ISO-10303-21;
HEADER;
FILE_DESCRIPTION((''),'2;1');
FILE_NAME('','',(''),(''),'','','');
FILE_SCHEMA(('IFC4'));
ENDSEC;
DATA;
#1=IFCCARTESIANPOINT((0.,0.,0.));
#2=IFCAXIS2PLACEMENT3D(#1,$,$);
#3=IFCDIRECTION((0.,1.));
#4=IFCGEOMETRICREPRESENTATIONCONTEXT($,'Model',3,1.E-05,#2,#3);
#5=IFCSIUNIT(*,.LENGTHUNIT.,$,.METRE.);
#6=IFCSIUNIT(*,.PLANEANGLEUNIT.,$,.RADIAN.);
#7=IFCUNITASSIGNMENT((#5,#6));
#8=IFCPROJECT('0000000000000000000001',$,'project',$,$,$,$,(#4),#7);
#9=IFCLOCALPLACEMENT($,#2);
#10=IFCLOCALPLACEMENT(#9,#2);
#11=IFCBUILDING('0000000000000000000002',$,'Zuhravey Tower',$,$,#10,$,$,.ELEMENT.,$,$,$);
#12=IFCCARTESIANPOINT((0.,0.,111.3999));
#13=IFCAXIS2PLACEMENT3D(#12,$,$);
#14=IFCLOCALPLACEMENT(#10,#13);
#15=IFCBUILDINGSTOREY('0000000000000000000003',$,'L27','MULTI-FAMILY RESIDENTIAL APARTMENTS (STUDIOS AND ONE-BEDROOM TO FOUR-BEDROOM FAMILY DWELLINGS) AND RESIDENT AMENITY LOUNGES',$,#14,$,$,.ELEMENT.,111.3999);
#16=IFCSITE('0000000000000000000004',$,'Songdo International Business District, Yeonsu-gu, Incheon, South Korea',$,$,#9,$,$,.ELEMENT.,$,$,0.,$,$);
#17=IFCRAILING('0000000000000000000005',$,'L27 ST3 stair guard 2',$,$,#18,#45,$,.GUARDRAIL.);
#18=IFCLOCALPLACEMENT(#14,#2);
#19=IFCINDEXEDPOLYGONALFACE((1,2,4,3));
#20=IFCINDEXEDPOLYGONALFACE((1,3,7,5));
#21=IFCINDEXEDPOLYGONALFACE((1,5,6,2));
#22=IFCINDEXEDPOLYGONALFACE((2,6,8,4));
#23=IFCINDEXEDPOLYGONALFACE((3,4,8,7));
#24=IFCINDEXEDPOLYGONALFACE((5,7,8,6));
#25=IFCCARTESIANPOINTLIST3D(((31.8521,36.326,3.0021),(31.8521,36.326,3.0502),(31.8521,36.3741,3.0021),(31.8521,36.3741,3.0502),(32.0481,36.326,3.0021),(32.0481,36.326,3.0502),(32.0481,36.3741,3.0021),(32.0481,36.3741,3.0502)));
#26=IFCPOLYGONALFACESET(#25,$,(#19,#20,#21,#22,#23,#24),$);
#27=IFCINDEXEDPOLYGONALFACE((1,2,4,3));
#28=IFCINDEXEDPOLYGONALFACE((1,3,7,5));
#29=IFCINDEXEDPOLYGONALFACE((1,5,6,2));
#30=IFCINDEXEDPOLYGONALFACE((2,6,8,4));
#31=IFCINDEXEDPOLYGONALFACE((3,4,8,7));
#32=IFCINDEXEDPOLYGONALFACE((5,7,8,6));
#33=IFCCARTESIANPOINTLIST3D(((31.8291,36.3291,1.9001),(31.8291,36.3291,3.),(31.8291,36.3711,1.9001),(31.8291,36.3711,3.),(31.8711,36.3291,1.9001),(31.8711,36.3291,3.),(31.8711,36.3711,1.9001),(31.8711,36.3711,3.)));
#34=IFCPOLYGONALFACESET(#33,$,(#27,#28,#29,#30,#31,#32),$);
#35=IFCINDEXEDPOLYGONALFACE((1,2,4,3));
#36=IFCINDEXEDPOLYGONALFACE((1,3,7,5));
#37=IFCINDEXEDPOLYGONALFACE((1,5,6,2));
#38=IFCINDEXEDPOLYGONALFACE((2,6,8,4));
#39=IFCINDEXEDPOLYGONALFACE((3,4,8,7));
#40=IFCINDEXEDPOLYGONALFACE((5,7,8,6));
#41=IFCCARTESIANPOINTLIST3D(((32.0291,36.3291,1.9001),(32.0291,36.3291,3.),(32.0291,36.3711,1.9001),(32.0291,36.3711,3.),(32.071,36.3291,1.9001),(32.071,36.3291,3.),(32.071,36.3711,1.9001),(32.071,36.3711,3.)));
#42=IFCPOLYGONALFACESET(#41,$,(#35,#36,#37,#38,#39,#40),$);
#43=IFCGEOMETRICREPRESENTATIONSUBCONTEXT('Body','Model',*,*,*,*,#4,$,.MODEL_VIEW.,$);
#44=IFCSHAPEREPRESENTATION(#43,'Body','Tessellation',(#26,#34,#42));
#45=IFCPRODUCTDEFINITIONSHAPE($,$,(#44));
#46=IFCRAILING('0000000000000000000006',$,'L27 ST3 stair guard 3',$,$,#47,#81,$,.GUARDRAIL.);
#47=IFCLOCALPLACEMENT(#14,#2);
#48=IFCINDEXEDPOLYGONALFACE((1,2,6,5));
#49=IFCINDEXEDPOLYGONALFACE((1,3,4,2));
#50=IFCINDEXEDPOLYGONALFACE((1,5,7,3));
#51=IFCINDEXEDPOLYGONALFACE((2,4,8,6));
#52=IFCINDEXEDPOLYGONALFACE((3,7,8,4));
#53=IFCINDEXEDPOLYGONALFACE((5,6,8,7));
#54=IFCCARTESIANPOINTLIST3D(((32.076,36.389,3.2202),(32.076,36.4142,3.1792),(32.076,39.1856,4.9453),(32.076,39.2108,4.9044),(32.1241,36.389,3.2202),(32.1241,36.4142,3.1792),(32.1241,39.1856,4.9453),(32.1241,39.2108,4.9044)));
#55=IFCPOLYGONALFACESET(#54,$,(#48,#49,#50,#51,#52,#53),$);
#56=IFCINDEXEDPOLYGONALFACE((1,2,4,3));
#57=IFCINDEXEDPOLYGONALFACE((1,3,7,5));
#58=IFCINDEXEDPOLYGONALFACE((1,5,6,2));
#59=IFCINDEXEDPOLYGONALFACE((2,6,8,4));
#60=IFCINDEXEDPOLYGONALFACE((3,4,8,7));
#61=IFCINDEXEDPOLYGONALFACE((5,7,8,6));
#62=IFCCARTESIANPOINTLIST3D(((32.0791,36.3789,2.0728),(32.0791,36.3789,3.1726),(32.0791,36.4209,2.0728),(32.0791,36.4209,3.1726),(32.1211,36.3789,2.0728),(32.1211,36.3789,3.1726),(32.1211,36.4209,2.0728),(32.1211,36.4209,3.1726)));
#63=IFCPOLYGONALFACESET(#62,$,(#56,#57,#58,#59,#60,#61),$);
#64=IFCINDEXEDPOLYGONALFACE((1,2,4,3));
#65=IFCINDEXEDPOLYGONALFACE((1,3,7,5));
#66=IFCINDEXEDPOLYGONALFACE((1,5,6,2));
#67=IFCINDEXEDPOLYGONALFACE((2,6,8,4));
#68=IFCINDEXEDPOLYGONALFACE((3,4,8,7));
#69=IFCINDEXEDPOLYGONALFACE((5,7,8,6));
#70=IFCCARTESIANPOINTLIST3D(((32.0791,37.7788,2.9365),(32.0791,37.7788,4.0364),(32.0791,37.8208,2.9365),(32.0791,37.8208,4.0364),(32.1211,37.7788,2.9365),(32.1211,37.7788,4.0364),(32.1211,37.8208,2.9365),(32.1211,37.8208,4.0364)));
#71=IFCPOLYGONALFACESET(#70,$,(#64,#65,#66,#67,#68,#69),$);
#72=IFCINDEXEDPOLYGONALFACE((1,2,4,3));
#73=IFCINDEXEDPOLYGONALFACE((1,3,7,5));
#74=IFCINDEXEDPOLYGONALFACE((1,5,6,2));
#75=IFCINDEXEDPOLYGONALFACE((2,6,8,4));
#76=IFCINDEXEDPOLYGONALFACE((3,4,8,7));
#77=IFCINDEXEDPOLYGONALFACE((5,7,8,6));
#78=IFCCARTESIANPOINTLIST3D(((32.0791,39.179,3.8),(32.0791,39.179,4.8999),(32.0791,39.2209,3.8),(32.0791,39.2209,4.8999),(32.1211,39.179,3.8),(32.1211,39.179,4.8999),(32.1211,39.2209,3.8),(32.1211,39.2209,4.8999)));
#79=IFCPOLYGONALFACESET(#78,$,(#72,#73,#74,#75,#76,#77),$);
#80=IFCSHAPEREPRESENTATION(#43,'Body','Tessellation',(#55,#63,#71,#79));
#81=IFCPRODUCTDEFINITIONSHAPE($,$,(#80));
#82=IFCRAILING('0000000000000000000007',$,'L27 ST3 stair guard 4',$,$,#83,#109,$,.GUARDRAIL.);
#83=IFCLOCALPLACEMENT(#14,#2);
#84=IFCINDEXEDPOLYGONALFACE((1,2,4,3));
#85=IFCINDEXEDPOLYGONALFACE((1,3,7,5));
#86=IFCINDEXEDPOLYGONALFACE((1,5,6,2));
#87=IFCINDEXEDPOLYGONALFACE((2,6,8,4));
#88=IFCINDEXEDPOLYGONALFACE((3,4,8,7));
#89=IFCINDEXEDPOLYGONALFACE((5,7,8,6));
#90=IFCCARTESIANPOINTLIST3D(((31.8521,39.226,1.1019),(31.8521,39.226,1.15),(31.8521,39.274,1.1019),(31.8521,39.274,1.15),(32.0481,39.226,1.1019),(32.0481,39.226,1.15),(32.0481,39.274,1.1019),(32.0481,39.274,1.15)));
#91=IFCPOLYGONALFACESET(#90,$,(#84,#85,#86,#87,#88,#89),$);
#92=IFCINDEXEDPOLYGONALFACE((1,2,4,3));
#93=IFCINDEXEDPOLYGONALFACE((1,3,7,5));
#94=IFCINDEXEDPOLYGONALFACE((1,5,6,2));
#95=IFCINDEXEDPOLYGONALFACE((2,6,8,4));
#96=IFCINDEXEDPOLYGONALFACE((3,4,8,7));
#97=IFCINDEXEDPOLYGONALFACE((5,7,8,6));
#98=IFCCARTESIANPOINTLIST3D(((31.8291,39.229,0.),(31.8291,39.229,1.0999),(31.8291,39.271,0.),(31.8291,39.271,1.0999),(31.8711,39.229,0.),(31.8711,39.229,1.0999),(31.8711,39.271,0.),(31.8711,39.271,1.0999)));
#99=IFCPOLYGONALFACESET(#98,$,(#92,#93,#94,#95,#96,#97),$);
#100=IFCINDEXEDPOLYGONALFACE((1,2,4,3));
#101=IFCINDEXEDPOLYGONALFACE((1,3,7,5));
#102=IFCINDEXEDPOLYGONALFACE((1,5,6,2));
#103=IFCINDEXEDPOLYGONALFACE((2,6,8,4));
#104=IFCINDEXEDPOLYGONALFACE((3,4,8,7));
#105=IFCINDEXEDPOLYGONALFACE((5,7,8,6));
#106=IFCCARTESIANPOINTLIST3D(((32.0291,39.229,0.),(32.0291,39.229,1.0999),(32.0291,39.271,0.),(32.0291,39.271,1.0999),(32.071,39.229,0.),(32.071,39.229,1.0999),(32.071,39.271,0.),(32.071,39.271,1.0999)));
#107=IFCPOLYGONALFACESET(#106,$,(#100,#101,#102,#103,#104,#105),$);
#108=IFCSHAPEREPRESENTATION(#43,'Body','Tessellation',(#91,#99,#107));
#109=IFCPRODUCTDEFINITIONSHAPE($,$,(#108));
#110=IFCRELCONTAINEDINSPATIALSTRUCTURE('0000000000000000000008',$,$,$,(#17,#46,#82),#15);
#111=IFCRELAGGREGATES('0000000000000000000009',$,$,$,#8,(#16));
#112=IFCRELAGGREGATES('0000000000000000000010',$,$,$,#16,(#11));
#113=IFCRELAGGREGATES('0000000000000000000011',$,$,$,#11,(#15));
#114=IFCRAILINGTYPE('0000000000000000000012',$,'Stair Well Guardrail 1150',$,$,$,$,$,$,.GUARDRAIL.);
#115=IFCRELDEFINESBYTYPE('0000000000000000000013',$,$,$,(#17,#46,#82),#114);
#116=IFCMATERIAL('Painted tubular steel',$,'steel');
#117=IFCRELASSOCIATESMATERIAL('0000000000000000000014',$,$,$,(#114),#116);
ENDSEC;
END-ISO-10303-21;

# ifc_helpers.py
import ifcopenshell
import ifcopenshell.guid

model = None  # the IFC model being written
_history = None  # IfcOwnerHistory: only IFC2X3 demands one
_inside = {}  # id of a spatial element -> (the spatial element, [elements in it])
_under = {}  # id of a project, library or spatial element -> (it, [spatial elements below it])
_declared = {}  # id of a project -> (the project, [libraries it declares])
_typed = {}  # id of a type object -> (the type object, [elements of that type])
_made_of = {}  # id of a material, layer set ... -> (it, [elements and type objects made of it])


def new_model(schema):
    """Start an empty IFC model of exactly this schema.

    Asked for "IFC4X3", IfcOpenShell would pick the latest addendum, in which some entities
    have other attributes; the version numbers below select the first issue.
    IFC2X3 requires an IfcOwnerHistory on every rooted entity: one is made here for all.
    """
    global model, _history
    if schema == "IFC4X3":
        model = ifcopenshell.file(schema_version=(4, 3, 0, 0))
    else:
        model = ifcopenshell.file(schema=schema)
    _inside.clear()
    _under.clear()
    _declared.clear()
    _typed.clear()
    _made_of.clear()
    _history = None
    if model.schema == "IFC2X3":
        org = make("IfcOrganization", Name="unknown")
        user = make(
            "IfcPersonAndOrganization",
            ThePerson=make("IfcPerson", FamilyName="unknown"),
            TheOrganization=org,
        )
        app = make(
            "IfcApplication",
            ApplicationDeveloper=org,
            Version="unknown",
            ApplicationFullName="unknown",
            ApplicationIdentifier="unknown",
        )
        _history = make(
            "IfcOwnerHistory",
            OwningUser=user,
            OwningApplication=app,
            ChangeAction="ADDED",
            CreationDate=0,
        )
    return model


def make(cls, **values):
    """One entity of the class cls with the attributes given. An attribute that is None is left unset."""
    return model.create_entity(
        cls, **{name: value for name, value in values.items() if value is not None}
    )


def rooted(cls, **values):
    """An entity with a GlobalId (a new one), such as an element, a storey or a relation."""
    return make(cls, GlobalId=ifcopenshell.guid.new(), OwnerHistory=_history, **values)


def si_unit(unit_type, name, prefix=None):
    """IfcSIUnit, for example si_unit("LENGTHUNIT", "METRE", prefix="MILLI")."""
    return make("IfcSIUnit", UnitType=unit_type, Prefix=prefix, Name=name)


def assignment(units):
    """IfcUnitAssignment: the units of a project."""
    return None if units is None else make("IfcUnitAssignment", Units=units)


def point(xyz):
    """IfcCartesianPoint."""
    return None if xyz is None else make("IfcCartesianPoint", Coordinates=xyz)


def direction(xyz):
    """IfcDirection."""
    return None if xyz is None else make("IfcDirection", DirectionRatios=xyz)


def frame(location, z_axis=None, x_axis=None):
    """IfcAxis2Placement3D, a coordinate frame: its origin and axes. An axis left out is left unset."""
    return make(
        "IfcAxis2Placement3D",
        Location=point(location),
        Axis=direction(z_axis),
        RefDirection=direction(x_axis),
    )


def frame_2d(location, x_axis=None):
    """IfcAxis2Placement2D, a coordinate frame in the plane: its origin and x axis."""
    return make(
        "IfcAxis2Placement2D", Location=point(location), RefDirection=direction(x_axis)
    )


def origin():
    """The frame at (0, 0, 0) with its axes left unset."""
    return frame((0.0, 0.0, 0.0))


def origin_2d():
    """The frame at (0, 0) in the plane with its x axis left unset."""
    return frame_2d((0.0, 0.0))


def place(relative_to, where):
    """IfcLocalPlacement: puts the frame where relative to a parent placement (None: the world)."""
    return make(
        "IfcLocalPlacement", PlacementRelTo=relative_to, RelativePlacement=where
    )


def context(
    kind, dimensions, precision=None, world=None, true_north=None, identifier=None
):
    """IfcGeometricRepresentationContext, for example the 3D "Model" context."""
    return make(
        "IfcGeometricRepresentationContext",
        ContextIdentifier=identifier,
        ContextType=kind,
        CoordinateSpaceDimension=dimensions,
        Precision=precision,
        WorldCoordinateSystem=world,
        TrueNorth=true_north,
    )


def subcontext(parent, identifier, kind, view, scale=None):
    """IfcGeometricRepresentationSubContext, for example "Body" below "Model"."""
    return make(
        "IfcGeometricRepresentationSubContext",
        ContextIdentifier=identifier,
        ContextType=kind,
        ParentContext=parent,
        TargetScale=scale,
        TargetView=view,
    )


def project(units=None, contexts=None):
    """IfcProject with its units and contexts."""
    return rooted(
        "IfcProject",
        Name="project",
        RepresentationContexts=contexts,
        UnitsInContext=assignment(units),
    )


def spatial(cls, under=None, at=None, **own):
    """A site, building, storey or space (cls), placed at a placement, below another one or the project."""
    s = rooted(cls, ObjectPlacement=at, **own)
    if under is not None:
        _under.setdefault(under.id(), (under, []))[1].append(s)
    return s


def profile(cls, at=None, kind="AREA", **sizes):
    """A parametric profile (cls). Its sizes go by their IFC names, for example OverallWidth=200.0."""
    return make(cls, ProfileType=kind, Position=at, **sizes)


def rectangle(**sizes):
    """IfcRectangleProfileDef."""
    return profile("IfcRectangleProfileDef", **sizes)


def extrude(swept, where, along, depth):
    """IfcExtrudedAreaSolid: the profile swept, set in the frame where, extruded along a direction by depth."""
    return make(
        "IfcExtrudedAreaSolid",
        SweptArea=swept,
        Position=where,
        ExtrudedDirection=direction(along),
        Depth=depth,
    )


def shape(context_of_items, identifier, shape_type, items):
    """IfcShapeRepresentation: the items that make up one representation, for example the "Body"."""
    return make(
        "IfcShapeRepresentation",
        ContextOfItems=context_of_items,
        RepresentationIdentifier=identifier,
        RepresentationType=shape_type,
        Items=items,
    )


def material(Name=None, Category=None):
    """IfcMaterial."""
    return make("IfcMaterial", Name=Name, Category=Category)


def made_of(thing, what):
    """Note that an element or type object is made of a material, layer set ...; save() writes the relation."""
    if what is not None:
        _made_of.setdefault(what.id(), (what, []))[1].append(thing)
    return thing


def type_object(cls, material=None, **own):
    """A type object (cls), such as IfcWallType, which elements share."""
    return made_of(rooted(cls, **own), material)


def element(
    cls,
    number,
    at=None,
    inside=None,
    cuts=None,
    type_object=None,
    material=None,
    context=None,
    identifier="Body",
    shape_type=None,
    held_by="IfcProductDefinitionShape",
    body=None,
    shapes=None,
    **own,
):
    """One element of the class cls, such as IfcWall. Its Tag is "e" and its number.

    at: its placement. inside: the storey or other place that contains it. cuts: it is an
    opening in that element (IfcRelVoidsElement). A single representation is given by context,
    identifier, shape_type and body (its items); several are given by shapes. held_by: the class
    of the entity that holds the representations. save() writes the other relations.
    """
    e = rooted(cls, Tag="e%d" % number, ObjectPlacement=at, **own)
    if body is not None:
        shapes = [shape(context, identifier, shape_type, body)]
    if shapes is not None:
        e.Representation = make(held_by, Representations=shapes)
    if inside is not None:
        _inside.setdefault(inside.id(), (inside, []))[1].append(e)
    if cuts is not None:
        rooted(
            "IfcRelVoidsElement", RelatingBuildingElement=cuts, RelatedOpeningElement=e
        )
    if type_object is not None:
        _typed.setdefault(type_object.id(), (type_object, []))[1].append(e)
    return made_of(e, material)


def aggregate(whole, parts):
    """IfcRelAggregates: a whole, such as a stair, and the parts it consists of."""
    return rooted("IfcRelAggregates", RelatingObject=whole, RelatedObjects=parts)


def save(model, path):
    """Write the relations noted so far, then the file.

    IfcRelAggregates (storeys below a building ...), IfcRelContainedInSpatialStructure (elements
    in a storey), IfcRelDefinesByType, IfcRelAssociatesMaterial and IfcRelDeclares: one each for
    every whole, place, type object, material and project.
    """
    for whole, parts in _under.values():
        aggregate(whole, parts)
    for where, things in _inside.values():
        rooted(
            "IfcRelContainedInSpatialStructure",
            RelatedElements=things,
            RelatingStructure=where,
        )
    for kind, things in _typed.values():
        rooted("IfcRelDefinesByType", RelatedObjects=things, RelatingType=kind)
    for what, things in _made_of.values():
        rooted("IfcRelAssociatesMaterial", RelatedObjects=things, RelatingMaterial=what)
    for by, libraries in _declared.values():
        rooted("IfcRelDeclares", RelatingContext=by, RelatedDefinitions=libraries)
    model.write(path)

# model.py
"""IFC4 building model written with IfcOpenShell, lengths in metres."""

from ifc_helpers import new_model, si_unit, direction, frame, origin, origin_2d, place, context, subcontext, project, spatial, rectangle, extrude, material, type_object, element, save


model = new_model("IFC4")

# Units and contexts
model_context = context("Model", 3, precision=1e-05, world=origin(), true_north=direction((0.0, 1.0)))
body_context = subcontext(model_context, "Body", "Model", "MODEL_VIEW")
ifc_project = project(units=[si_unit("LENGTHUNIT", "METRE"), si_unit("PLANEANGLEUNIT", "RADIAN")], contexts=[model_context])

# Site, building, storey
site_placement = place(None, origin())
site = spatial("IfcSite", under=ifc_project, at=site_placement, Name="Songdo International Business District, Yeonsu-gu, Incheon, South Korea", CompositionType="ELEMENT", RefElevation=0.0)
building_placement = place(site_placement, origin())
building = spatial("IfcBuilding", under=site, at=building_placement, Name="Zuhravey Tower", CompositionType="ELEMENT")
storey_placement = place(building_placement, frame((0.0, 0.0, 111.3999)))
storey = spatial("IfcBuildingStorey", under=building, at=storey_placement, Name="L27", Description="MULTI-FAMILY RESIDENTIAL APARTMENTS (STUDIOS AND ONE-BEDROOM TO FOUR-BEDROOM FAMILY DWELLINGS) AND RESIDENT AMENITY LOUNGES", CompositionType="ELEMENT", Elevation=111.3999)

# Railings
ifc_material_1 = material(Name="Painted tubular steel", Category="steel")
railing_type_1 = type_object("IfcRailingType", Name="Stair Well Guardrail 1150", PredefinedType="GUARDRAIL", material=ifc_material_1)
railing_1_placement = place(storey_placement, frame((31.8501, 36.3501, 1.9001)))
element("IfcRailing", 1, at=railing_1_placement, inside=storey, type_object=railing_type_1, Name="L27 ST3 stair guard 2", PredefinedType="GUARDRAIL", context=body_context, shape_type="SweptSolid", body=[
    extrude(rectangle(XDim=0.0481, YDim=0.0481, at=origin_2d()), frame((0.002, 0.0, 1.126), z_axis=(1.0, 0.0, 0.0), x_axis=(0.0, 1.0, 0.0)), (0.0, 0.0, 1.0), 0.196),
    extrude(rectangle(XDim=0.042, YDim=0.042, at=origin_2d()), origin(), (0.0, 0.0, 1.0), 1.0999),
    extrude(rectangle(XDim=0.042, YDim=0.042, at=origin_2d()), frame((0.2, 0.0, 0.0)), (0.0, 0.0, 1.0), 1.0999),
])
railing_2_placement = place(storey_placement, frame((32.1001, 36.3999, 2.0728)))
element("IfcRailing", 2, at=railing_2_placement, inside=storey, type_object=railing_type_1, Name="L27 ST3 stair guard 3", PredefinedType="GUARDRAIL", context=body_context, shape_type="SweptSolid", body=[
    extrude(rectangle(XDim=0.0481, YDim=0.0481, at=origin_2d()), frame((0.0, 0.0017, 1.127), z_axis=(0.0, 0.85109, 0.52502), x_axis=(-1.0, 0.0, 0.0)), (0.0, 0.0, 1.0), 3.2859),
    extrude(rectangle(XDim=0.042, YDim=0.042, at=origin_2d()), origin(), (0.0, 0.0, 1.0), 1.0999),
    extrude(rectangle(XDim=0.042, YDim=0.042, at=origin_2d()), frame((0.0, 1.3999, 0.8638)), (0.0, 0.0, 1.0), 1.0999),
    extrude(rectangle(XDim=0.042, YDim=0.042, at=origin_2d()), frame((0.0, 2.8, 1.7273)), (0.0, 0.0, 1.0), 1.0999),
])
railing_3_placement = place(storey_placement, frame((31.8501, 39.25, 0.0)))
element("IfcRailing", 3, at=railing_3_placement, inside=storey, type_object=railing_type_1, Name="L27 ST3 stair guard 4", PredefinedType="GUARDRAIL", context=body_context, shape_type="SweptSolid", body=[
    extrude(rectangle(XDim=0.0481, YDim=0.0481, at=origin_2d()), frame((0.002, 0.0, 1.126), z_axis=(1.0, 0.0, 0.0), x_axis=(0.0, 1.0, 0.0)), (0.0, 0.0, 1.0), 0.196),
    extrude(rectangle(XDim=0.042, YDim=0.042, at=origin_2d()), origin(), (0.0, 0.0, 1.0), 1.0999),
    extrude(rectangle(XDim=0.042, YDim=0.042, at=origin_2d()), frame((0.2, 0.0, 0.0)), (0.0, 0.0, 1.0), 1.0999),
])

save(model, "model.ifc")
